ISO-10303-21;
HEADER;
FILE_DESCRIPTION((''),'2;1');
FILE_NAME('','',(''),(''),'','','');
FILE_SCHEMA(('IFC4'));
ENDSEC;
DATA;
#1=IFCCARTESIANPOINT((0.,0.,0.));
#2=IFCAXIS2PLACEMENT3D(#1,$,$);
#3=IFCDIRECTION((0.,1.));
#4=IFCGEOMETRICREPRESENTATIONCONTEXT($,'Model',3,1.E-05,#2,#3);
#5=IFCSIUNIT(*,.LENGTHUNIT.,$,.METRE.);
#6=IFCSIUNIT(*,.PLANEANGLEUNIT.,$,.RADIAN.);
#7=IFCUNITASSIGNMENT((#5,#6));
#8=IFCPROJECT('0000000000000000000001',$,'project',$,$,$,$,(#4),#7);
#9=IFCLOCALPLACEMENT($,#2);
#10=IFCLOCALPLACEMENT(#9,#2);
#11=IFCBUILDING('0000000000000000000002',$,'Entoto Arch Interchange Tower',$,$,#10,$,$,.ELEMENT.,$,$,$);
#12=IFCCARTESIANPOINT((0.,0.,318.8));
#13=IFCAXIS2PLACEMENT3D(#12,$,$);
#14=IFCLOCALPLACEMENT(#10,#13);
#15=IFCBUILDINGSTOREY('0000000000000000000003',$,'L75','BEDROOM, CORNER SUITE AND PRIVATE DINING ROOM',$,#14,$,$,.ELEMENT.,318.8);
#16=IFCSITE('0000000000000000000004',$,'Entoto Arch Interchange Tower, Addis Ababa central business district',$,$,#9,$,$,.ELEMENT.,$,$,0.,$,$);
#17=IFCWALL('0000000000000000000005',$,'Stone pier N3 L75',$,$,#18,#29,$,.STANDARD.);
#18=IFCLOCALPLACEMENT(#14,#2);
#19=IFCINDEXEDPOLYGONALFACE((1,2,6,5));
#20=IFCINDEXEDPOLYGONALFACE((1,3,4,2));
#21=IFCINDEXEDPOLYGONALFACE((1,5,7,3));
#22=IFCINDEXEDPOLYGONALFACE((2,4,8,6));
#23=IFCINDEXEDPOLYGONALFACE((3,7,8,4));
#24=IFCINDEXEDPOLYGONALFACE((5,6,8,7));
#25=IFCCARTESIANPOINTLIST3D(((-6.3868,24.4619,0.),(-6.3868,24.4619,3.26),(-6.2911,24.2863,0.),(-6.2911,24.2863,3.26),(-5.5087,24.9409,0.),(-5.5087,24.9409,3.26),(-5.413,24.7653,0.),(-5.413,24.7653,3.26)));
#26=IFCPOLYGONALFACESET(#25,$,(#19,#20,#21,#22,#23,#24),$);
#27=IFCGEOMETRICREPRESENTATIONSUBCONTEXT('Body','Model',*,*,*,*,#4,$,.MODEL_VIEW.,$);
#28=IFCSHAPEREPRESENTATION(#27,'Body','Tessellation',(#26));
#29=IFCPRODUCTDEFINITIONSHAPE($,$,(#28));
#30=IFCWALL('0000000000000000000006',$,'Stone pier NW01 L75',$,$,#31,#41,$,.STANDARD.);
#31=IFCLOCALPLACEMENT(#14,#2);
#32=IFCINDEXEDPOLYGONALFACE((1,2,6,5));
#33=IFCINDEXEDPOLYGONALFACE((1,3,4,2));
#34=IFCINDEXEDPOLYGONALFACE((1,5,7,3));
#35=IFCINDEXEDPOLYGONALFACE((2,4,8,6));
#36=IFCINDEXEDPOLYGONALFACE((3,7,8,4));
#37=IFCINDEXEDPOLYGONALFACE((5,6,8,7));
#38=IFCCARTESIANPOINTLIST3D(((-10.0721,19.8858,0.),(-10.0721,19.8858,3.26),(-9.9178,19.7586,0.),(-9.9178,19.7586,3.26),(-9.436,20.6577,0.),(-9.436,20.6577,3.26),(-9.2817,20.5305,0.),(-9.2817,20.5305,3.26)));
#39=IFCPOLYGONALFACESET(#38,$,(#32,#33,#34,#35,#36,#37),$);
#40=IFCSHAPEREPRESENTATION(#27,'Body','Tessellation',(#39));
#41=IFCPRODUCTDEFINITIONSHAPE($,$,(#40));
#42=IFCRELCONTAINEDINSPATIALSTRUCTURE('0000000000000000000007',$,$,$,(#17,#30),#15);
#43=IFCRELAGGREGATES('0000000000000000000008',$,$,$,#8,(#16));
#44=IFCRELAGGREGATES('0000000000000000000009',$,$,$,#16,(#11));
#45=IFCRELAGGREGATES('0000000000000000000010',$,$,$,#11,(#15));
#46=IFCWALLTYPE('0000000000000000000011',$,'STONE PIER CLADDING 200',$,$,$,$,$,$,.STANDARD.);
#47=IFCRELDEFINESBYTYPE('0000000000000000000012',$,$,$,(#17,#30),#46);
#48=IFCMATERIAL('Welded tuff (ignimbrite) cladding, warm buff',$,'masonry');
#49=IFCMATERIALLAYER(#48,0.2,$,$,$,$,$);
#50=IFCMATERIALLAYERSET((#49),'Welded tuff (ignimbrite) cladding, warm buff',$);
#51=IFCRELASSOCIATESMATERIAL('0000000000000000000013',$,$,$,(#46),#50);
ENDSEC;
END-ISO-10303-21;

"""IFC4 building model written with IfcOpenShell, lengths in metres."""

from ifc_helpers import new_model, si_unit, direction, frame, frame_2d, origin, place, context, subcontext, project, spatial, rectangle, extrude, material, layer, layer_set, type_object, element, save


model = new_model("IFC4")

# Units and contexts
model_context = context("Model", 3, precision=1e-05, world=origin(), true_north=direction((0.0, 1.0)))
body_context = subcontext(model_context, "Body", "Model", "MODEL_VIEW")
ifc_project = project(units=[si_unit("LENGTHUNIT", "METRE"), si_unit("PLANEANGLEUNIT", "RADIAN")], contexts=[model_context])

# Site, building, storey
site_placement = place(None, origin())
site = spatial("IfcSite", under=ifc_project, at=site_placement, Name="Entoto Arch Interchange Tower, Addis Ababa central business district", CompositionType="ELEMENT", RefElevation=0.0)
building_placement = place(site_placement, origin())
building = spatial("IfcBuilding", under=site, at=building_placement, Name="Entoto Arch Interchange Tower", CompositionType="ELEMENT")
storey_placement = place(building_placement, frame((0.0, 0.0, 318.8)))
storey = spatial("IfcBuildingStorey", under=building, at=storey_placement, Name="L75", Description="BEDROOM, CORNER SUITE AND PRIVATE DINING ROOM", CompositionType="ELEMENT", Elevation=318.8)

# Shared definitions
ifc_material_1 = material(Name="Welded tuff (ignimbrite) cladding, warm buff", Category="masonry")

# Walls
ifc_layer_1 = layer(ifc_material_1, 0.2)
ifc_layer_set_1 = layer_set([ifc_layer_1], Name="Welded tuff (ignimbrite) cladding, warm buff")
wall_type_1 = type_object("IfcWallType", Name="STONE PIER CLADDING 200", PredefinedType="STANDARD", material=ifc_layer_set_1)
for number, where, z_axis, x_axis, name in (
    (1, (-5.4609, 24.853, 0.0), (0.0, 0.0, 1.0), (-0.877896, -0.478852, 0.0), "Stone pier N3 L75"),
    (2, (-9.3589, 20.594, 0.0), (0.0, 0.0, 1.0), (-0.635998, -0.771691, 0.0), "Stone pier NW01 L75"),
):
    element("IfcWall", number, at=place(storey_placement, frame(where, z_axis=z_axis, x_axis=x_axis)), inside=storey, type_object=wall_type_1, Name=name, PredefinedType="STANDARD", context=body_context, shape_type="SweptSolid", body=[
        extrude(rectangle(XDim=1.0002, YDim=0.2, at=frame_2d((0.5, 0.0))), origin(), (0.0, 0.0, 1.0), 3.26),
    ])

save(model, "model.ifc")
